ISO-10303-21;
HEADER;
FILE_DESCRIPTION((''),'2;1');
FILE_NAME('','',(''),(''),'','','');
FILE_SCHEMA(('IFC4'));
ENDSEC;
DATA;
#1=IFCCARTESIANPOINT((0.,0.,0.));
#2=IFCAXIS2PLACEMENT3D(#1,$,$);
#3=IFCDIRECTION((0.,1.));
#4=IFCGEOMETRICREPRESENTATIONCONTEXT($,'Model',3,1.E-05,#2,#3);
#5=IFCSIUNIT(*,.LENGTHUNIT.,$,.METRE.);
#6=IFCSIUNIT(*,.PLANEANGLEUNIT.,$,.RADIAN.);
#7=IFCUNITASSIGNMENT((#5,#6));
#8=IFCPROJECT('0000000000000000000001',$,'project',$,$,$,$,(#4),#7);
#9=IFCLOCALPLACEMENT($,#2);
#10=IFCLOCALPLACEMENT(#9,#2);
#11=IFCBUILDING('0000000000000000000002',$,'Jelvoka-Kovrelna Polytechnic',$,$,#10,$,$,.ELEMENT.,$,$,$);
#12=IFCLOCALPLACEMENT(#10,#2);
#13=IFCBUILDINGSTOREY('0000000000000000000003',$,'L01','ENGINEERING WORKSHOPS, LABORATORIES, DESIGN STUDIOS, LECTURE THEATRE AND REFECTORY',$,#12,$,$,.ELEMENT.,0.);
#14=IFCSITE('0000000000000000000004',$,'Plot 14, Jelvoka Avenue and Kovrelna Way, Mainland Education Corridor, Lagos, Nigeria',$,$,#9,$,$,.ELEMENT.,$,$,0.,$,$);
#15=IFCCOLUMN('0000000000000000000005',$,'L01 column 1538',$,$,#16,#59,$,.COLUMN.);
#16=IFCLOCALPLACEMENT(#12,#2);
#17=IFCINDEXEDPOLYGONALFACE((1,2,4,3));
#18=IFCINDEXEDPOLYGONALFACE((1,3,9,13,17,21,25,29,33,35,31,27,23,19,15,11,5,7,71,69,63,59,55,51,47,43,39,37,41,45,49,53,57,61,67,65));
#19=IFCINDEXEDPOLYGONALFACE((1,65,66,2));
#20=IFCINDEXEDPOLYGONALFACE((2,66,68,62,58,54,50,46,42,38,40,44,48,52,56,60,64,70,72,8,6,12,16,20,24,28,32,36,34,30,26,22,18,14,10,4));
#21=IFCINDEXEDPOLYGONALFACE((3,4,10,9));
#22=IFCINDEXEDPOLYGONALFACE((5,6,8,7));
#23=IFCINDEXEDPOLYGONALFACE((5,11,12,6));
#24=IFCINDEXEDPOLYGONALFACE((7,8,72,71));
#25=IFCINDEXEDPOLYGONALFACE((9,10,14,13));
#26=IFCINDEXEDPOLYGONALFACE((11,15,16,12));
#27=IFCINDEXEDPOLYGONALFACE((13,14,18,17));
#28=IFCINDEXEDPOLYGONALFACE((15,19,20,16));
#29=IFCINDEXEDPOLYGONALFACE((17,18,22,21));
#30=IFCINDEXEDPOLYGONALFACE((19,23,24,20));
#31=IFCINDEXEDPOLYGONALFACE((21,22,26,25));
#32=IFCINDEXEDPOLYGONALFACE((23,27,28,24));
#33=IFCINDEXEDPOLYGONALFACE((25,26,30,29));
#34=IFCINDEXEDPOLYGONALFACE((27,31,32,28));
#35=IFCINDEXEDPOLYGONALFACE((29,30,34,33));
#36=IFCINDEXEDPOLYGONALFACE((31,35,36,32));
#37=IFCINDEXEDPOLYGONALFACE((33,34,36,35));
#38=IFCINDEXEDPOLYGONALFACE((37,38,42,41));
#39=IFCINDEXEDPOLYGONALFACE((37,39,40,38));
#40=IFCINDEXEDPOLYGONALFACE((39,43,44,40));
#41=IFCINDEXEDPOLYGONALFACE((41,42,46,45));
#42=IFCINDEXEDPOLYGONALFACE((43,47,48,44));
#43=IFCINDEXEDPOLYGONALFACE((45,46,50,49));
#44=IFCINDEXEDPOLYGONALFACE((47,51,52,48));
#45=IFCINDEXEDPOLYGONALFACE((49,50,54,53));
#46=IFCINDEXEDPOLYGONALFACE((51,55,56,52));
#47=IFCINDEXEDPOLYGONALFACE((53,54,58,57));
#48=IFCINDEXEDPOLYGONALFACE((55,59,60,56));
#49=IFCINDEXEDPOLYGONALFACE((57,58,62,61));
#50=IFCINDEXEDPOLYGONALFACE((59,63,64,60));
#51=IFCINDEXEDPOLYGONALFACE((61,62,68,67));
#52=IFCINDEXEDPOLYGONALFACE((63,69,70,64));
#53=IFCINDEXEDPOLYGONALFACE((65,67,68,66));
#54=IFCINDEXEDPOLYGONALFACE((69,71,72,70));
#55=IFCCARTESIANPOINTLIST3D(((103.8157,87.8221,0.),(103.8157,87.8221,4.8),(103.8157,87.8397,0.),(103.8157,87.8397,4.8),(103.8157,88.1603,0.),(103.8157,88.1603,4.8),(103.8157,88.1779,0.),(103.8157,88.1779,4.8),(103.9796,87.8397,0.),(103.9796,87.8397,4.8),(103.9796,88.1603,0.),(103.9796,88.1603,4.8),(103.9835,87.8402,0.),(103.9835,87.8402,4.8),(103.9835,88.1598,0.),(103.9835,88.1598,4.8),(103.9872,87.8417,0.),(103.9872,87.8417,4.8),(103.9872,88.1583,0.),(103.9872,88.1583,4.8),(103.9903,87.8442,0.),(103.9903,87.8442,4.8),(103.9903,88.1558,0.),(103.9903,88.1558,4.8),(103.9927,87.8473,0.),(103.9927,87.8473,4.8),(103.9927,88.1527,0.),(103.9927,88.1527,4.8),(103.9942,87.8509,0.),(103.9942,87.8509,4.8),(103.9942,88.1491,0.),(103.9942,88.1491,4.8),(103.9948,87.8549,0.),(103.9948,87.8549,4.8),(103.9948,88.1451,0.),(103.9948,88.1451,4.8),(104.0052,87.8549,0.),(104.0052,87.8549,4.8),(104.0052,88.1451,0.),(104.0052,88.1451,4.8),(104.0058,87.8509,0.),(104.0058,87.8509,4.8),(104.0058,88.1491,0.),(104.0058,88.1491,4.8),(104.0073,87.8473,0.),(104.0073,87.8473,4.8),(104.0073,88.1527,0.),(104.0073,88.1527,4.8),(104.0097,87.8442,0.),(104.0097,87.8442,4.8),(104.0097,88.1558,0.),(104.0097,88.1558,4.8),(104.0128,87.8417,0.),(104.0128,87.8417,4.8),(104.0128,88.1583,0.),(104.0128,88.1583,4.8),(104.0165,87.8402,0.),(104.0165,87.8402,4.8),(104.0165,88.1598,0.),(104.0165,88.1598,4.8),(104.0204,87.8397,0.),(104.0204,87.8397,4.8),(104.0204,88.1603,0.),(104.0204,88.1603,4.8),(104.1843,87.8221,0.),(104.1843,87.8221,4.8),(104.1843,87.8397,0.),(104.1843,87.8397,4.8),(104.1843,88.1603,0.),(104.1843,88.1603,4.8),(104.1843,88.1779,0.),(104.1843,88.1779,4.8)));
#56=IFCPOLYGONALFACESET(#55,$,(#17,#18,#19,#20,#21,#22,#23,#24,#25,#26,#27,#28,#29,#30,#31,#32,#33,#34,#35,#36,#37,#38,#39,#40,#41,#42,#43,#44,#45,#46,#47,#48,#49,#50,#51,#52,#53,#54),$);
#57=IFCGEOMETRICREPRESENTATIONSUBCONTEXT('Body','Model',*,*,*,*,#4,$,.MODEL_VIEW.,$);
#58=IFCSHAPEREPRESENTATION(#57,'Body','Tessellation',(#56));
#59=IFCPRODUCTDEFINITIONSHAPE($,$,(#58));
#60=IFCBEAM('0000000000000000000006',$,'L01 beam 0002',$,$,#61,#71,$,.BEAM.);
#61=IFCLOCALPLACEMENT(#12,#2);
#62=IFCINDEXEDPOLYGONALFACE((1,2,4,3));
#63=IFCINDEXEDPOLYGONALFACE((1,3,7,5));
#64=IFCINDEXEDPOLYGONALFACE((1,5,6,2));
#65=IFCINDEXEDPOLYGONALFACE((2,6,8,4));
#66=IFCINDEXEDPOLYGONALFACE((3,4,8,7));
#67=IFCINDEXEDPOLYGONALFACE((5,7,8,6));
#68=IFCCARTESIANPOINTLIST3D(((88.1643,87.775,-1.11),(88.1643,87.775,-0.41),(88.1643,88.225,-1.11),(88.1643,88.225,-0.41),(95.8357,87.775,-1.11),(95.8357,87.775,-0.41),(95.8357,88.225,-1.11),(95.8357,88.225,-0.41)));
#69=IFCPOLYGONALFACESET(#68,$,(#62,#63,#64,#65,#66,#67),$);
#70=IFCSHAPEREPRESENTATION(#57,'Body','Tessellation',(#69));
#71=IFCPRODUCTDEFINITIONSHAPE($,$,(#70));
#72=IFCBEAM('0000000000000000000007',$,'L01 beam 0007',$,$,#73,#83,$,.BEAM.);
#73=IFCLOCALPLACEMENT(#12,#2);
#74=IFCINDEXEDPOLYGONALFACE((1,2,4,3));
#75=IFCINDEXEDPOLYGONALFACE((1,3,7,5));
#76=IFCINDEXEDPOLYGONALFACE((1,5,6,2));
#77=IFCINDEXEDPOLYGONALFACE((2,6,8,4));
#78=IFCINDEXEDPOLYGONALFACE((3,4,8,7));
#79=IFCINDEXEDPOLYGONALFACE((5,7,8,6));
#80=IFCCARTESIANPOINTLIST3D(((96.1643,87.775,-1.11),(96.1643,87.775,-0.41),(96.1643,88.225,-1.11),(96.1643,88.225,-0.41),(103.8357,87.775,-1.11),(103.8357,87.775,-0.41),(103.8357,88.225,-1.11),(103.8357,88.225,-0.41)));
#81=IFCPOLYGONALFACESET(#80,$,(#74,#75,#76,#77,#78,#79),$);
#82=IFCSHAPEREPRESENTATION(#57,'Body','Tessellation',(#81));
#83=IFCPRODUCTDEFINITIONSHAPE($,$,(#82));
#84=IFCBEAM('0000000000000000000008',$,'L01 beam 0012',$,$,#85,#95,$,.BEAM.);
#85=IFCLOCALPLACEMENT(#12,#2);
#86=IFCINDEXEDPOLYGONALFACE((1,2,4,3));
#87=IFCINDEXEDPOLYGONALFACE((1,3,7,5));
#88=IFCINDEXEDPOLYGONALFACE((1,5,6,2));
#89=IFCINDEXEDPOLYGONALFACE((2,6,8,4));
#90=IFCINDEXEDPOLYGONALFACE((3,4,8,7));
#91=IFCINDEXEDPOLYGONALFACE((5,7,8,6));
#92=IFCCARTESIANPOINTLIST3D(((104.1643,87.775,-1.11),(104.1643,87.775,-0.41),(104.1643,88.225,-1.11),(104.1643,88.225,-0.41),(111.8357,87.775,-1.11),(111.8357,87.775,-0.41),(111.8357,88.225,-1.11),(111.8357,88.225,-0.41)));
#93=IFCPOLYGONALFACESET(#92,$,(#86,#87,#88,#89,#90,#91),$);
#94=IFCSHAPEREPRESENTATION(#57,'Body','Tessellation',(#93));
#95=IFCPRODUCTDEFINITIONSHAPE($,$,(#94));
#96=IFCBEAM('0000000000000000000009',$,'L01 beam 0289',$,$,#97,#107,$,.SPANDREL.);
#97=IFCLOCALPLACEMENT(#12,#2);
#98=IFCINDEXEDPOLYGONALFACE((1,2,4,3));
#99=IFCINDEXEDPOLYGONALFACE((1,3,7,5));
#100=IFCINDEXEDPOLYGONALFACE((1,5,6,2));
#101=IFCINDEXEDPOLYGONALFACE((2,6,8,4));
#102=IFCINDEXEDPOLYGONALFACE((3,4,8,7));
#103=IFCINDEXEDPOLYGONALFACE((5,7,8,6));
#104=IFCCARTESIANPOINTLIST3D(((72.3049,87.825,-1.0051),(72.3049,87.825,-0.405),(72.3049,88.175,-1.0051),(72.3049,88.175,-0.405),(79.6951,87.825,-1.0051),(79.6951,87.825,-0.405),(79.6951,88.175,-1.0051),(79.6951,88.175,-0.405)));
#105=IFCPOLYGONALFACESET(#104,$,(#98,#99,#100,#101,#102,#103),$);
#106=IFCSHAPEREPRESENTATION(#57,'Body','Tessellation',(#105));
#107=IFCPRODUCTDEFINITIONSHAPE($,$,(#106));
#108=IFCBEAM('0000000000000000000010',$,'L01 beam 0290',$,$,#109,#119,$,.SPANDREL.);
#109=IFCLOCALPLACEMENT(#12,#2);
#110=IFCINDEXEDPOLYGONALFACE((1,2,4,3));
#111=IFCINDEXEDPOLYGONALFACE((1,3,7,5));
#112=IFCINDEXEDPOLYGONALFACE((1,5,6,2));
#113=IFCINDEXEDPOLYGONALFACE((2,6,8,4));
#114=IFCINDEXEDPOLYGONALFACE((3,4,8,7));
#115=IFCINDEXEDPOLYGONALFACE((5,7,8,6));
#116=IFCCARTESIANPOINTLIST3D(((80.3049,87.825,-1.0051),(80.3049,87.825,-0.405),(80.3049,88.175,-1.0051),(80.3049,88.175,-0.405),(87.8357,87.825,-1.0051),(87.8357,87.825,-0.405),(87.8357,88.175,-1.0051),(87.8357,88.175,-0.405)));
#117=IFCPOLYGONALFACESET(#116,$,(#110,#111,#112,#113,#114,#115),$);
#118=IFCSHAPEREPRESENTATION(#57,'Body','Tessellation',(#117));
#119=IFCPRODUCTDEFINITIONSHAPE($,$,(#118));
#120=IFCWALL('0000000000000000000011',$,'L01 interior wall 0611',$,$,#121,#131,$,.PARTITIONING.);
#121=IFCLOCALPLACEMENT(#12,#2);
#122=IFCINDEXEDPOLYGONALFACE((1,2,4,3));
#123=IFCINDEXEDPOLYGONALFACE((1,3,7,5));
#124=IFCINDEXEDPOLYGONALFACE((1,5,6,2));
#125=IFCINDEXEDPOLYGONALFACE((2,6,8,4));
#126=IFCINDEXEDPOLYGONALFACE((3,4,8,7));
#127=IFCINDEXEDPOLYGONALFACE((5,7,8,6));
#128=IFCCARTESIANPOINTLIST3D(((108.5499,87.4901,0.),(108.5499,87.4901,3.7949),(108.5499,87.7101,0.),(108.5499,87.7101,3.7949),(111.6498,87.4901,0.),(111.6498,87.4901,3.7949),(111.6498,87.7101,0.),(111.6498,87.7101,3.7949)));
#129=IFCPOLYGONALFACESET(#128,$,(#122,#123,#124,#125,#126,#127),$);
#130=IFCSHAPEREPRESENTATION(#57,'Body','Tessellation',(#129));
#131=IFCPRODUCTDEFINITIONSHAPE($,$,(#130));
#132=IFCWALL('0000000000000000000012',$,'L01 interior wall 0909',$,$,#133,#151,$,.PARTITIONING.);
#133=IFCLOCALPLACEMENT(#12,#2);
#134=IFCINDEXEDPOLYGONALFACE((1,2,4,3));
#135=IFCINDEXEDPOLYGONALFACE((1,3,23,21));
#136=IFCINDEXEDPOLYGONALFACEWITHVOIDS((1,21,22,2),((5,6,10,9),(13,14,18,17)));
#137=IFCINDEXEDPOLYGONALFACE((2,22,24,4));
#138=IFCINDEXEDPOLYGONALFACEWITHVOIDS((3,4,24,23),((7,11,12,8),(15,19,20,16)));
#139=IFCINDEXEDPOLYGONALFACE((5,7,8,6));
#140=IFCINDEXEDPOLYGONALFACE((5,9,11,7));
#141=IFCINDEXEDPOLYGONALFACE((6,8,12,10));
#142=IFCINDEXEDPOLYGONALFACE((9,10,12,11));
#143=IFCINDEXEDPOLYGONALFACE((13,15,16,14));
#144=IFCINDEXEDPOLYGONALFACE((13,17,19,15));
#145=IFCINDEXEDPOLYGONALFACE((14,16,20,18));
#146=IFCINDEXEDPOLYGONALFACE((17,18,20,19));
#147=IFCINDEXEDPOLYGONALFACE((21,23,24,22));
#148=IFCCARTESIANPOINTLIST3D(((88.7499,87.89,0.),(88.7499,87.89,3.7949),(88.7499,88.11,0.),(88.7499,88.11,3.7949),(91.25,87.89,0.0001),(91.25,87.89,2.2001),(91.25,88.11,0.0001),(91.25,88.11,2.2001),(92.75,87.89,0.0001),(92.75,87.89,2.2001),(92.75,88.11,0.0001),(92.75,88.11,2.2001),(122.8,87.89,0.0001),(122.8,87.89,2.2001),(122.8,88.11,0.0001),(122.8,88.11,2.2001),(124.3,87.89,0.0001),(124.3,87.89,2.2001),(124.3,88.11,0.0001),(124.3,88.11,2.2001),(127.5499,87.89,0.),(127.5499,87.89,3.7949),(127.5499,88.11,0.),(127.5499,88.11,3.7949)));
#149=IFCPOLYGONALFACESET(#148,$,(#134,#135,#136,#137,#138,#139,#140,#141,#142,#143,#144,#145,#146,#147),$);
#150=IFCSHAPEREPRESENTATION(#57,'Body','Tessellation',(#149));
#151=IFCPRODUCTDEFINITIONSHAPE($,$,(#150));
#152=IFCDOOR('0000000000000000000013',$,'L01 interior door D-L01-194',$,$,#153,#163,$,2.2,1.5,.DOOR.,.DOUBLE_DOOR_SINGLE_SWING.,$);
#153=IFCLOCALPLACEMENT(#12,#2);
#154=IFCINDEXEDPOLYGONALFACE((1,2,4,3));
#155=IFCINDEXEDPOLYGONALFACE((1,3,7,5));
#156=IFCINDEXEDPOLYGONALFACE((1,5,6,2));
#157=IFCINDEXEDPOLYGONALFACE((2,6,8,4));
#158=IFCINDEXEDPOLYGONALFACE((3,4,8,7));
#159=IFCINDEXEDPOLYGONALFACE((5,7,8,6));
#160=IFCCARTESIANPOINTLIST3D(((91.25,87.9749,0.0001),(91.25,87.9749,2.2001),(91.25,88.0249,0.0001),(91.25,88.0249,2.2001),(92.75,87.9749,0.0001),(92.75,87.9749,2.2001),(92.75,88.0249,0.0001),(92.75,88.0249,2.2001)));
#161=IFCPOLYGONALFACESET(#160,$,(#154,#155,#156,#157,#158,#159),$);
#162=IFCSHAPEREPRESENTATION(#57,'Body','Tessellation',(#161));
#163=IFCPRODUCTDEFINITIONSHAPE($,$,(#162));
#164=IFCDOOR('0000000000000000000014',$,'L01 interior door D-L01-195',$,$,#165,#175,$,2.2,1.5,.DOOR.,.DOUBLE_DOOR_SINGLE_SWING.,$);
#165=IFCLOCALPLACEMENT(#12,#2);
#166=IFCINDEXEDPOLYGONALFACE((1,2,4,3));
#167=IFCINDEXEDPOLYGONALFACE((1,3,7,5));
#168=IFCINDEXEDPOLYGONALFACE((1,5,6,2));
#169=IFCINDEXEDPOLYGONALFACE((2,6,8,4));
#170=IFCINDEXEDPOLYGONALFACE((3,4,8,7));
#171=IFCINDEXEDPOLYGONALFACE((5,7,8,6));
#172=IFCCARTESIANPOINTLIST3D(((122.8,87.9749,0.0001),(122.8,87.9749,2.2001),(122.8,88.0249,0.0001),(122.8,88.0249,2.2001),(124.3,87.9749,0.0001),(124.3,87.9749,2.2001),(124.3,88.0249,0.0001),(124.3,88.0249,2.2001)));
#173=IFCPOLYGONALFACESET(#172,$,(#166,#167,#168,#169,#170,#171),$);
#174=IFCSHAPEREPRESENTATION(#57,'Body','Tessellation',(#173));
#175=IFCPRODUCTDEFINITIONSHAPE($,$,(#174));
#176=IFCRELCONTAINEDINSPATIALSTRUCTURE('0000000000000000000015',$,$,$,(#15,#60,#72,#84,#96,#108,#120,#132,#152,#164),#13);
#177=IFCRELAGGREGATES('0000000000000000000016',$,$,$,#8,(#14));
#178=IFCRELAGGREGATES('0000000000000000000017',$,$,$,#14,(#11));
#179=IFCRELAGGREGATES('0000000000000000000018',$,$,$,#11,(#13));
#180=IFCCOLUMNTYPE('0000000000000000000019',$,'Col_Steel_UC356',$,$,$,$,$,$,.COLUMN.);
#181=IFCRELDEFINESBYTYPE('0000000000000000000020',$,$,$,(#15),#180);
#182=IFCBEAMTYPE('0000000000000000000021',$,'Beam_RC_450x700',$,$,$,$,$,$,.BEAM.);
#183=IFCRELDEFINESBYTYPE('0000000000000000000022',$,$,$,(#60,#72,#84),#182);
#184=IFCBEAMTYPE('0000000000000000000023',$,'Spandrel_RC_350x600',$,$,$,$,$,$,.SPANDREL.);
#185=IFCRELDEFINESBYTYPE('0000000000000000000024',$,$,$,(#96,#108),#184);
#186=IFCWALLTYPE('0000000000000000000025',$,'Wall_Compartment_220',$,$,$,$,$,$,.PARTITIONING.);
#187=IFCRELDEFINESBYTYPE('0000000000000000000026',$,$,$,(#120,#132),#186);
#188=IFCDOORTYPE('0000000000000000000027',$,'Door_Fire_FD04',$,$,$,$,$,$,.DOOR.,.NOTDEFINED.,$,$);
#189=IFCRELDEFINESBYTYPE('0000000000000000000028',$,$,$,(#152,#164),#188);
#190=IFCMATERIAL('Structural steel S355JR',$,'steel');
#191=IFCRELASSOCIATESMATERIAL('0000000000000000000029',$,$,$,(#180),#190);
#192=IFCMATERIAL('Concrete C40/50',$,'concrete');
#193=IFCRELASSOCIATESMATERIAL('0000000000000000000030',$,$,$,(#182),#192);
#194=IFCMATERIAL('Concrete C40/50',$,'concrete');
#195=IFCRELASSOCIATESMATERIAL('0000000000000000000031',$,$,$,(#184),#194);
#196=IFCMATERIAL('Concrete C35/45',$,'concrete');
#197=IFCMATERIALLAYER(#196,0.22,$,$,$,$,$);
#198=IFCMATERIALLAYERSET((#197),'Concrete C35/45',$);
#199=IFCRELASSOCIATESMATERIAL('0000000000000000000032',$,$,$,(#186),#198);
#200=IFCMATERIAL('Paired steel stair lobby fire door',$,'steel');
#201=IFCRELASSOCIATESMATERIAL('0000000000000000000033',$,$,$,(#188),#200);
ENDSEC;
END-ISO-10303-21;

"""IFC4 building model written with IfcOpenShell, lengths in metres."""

from ifc_helpers import new_model, si_unit, direction, frame, frame_2d, origin, origin_2d, place, context, subcontext, project, spatial, rectangle, i_section, extrude, material, layer, layer_set, material_profile, profile_set, type_object, element, fill, save


model = new_model("IFC4")

# Units and contexts
model_context = context("Model", 3, precision=1e-05, world=origin(), true_north=direction((0.0, 1.0)))
body_context = subcontext(model_context, "Body", "Model", "MODEL_VIEW")
ifc_project = project(units=[si_unit("LENGTHUNIT", "METRE"), si_unit("PLANEANGLEUNIT", "RADIAN")], contexts=[model_context])

# Site, building, storey
site_placement = place(None, origin())
site = spatial("IfcSite", under=ifc_project, at=site_placement, Name="Plot 14, Jelvoka Avenue and Kovrelna Way, Mainland Education Corridor, Lagos, Nigeria", CompositionType="ELEMENT", RefElevation=0.0)
building_placement = place(site_placement, origin())
building = spatial("IfcBuilding", under=site, at=building_placement, Name="Jelvoka-Kovrelna Polytechnic", CompositionType="ELEMENT")
storey_placement = place(building_placement, origin())
storey = spatial("IfcBuildingStorey", under=building, at=storey_placement, Name="L01", Description="ENGINEERING WORKSHOPS, LABORATORIES, DESIGN STUDIOS, LECTURE THEATRE AND REFECTORY", CompositionType="ELEMENT", Elevation=0.0)

# Column
ifc_material_1 = material(Name="Structural steel S355JR", Category="steel")
ifc_material_profile_1 = material_profile(ifc_material_1, i_section(OverallWidth=0.3687, OverallDepth=0.3557, WebThickness=0.0105, FlangeThickness=0.0176, FilletRadius=0.0151, at=origin_2d()), Name="356x368x129 UC")
ifc_profile_set_1 = profile_set([ifc_material_profile_1], Name="Structural steel S355JR")
column_type_1 = type_object("IfcColumnType", Name="Col_Steel_UC356", PredefinedType="COLUMN", material=ifc_profile_set_1)
for number, where, z_axis, x_axis, name in (
    (1, (104.0, 88.0, 0.0), (0.0, 0.0, 1.0), (1.0, 0.0, 0.0), "L01 column 1538"),
):
    element("IfcColumn", number, at=place(storey_placement, frame(where, z_axis=z_axis, x_axis=x_axis)), inside=storey, type_object=column_type_1, Name=name, PredefinedType="COLUMN", context=body_context, shape_type="SweptSolid", body=[
        extrude(i_section(OverallWidth=0.3687, OverallDepth=0.3557, WebThickness=0.0105, FlangeThickness=0.0176, FilletRadius=0.0151, at=origin_2d()), origin(), (0.0, 0.0, 1.0), 4.8),
    ])

# Beams
ifc_material_2 = material(Name="Concrete C40/50", Category="concrete")
ifc_material_profile_2 = material_profile(ifc_material_2, rectangle(XDim=0.45, YDim=0.7, at=origin_2d()), Name="RC 450x700")
ifc_profile_set_2 = profile_set([ifc_material_profile_2], Name="Concrete C40/50")
beam_type_1 = type_object("IfcBeamType", Name="Beam_RC_450x700", PredefinedType="BEAM", material=ifc_profile_set_2)
for number, where, z_axis, x_axis, name in (
    (2, (88.1643, 88.0, -0.76), (1.0, 0.0, 0.0), (0.0, 1.0, 0.0), "L01 beam 0002"),
    (3, (96.1643, 88.0, -0.76), (1.0, 0.0, 0.0), (0.0, 1.0, 0.0), "L01 beam 0007"),
    (4, (104.1643, 88.0, -0.76), (1.0, 0.0, 0.0), (0.0, 1.0, 0.0), "L01 beam 0012"),
):
    element("IfcBeam", number, at=place(storey_placement, frame(where, z_axis=z_axis, x_axis=x_axis)), inside=storey, type_object=beam_type_1, Name=name, PredefinedType="BEAM", context=body_context, shape_type="SweptSolid", body=[
        extrude(rectangle(XDim=0.45, YDim=0.7, at=origin_2d()), origin(), (0.0, 0.0, 1.0), 7.6714),
    ])
ifc_material_3 = material(Name="Concrete C40/50", Category="concrete")
ifc_material_profile_3 = material_profile(ifc_material_3, rectangle(XDim=0.3501, YDim=0.6001, at=origin_2d()), Name="RC 350x600")
ifc_profile_set_3 = profile_set([ifc_material_profile_3], Name="Concrete C40/50")
beam_type_2 = type_object("IfcBeamType", Name="Spandrel_RC_350x600", PredefinedType="SPANDREL", material=ifc_profile_set_3)
beam_1_placement = place(storey_placement, frame((72.3049, 88.0, -0.7051), z_axis=(1.0, 0.0, 0.0), x_axis=(0.0, 1.0, 0.0)))
element("IfcBeam", 5, at=beam_1_placement, inside=storey, type_object=beam_type_2, Name="L01 beam 0289", PredefinedType="SPANDREL", context=body_context, shape_type="SweptSolid", body=[
    extrude(rectangle(XDim=0.3501, YDim=0.6001, at=origin_2d()), origin(), (0.0, 0.0, 1.0), 7.3901),
])
beam_2_placement = place(storey_placement, frame((80.3049, 88.0, -0.7051), z_axis=(1.0, 0.0, 0.0), x_axis=(0.0, 1.0, 0.0)))
element("IfcBeam", 6, at=beam_2_placement, inside=storey, type_object=beam_type_2, Name="L01 beam 0290", PredefinedType="SPANDREL", context=body_context, shape_type="SweptSolid", body=[
    extrude(rectangle(XDim=0.3501, YDim=0.6001, at=origin_2d()), origin(), (0.0, 0.0, 1.0), 7.5308),
])

# Wall
ifc_material_4 = material(Name="Concrete C35/45", Category="concrete")
ifc_layer_1 = layer(ifc_material_4, 0.22)
ifc_layer_set_1 = layer_set([ifc_layer_1], Name="Concrete C35/45")
wall_type_1 = type_object("IfcWallType", Name="Wall_Compartment_220", PredefinedType="PARTITIONING", material=ifc_layer_set_1)
wall_1_placement = place(storey_placement, frame((108.55, 87.6001, 0.0), z_axis=(0.0, 0.0, 1.0), x_axis=(1.0, 0.0, 0.0)))
element("IfcWall", 7, at=wall_1_placement, inside=storey, type_object=wall_type_1, Name="L01 interior wall 0611", PredefinedType="PARTITIONING", context=body_context, shape_type="SweptSolid", body=[
    extrude(rectangle(XDim=3.0999, YDim=0.22, at=frame_2d((1.5498, 0.0))), origin(), (0.0, 0.0, 1.0), 3.7949),
])

# Wall, openings, doors
wall_2_placement = place(storey_placement, frame((88.75, 88.0, 0.0), z_axis=(0.0, 0.0, 1.0), x_axis=(1.0, 0.0, 0.0)))
wall_2 = element("IfcWall", 8, at=wall_2_placement, inside=storey, type_object=wall_type_1, Name="L01 interior wall 0909", PredefinedType="PARTITIONING", context=body_context, shape_type="SweptSolid", body=[
    extrude(rectangle(XDim=38.8, YDim=0.22, at=frame_2d((19.3999, 0.0))), origin(), (0.0, 0.0, 1.0), 3.7949),
])
opening_1_placement = place(wall_2_placement, frame((2.5, 0.0, 0.0)))
opening_1 = element("IfcOpeningElement", 9, at=opening_1_placement, cuts=wall_2, PredefinedType="OPENING", context=body_context, shape_type="SweptSolid", body=[
    extrude(rectangle(XDim=1.5, YDim=2.2, at=frame_2d((0.75, 1.1001))), frame((0.0, 0.1199, 0.0), z_axis=(0.0, -1.0, 0.0), x_axis=(1.0, 0.0, 0.0)), (0.0, 0.0, 1.0), 0.24),
])
opening_2_placement = place(wall_2_placement, frame((34.05, 0.0, 0.0)))
opening_2 = element("IfcOpeningElement", 10, at=opening_2_placement, cuts=wall_2, PredefinedType="OPENING", context=body_context, shape_type="SweptSolid", body=[
    extrude(rectangle(XDim=1.5, YDim=2.2, at=frame_2d((0.75, 1.1001))), frame((0.0, 0.1199, 0.0), z_axis=(0.0, -1.0, 0.0), x_axis=(1.0, 0.0, 0.0)), (0.0, 0.0, 1.0), 0.24),
])
ifc_material_5 = material(Name="Paired steel stair lobby fire door", Category="steel")
door_type_1 = type_object("IfcDoorType", Name="Door_Fire_FD04", OperationType="NOTDEFINED", PredefinedType="DOOR", material=ifc_material_5)
door_1_placement = place(opening_1_placement, origin())
door_1 = element("IfcDoor", 11, at=door_1_placement, inside=storey, type_object=door_type_1, Name="L01 interior door D-L01-194", OperationType="DOUBLE_DOOR_SINGLE_SWING", OverallHeight=2.2, OverallWidth=1.5, PredefinedType="DOOR", context=body_context, shape_type="SweptSolid", body=[
    extrude(rectangle(XDim=1.5, YDim=2.2, at=frame_2d((0.75, 1.1001))), frame((0.0, 0.0249, 0.0), z_axis=(0.0, -1.0, 0.0), x_axis=(1.0, 0.0, 0.0)), (0.0, 0.0, 1.0), 0.05),
])
fill(opening_1, door_1)
door_2_placement = place(opening_2_placement, origin())
door_2 = element("IfcDoor", 12, at=door_2_placement, inside=storey, type_object=door_type_1, Name="L01 interior door D-L01-195", OperationType="DOUBLE_DOOR_SINGLE_SWING", OverallHeight=2.2, OverallWidth=1.5, PredefinedType="DOOR", context=body_context, shape_type="SweptSolid", body=[
    extrude(rectangle(XDim=1.5, YDim=2.2, at=frame_2d((0.75, 1.1001))), frame((0.0, 0.0249, 0.0), z_axis=(0.0, -1.0, 0.0), x_axis=(1.0, 0.0, 0.0)), (0.0, 0.0, 1.0), 0.05),
])
fill(opening_2, door_2)

save(model, "model.ifc")
